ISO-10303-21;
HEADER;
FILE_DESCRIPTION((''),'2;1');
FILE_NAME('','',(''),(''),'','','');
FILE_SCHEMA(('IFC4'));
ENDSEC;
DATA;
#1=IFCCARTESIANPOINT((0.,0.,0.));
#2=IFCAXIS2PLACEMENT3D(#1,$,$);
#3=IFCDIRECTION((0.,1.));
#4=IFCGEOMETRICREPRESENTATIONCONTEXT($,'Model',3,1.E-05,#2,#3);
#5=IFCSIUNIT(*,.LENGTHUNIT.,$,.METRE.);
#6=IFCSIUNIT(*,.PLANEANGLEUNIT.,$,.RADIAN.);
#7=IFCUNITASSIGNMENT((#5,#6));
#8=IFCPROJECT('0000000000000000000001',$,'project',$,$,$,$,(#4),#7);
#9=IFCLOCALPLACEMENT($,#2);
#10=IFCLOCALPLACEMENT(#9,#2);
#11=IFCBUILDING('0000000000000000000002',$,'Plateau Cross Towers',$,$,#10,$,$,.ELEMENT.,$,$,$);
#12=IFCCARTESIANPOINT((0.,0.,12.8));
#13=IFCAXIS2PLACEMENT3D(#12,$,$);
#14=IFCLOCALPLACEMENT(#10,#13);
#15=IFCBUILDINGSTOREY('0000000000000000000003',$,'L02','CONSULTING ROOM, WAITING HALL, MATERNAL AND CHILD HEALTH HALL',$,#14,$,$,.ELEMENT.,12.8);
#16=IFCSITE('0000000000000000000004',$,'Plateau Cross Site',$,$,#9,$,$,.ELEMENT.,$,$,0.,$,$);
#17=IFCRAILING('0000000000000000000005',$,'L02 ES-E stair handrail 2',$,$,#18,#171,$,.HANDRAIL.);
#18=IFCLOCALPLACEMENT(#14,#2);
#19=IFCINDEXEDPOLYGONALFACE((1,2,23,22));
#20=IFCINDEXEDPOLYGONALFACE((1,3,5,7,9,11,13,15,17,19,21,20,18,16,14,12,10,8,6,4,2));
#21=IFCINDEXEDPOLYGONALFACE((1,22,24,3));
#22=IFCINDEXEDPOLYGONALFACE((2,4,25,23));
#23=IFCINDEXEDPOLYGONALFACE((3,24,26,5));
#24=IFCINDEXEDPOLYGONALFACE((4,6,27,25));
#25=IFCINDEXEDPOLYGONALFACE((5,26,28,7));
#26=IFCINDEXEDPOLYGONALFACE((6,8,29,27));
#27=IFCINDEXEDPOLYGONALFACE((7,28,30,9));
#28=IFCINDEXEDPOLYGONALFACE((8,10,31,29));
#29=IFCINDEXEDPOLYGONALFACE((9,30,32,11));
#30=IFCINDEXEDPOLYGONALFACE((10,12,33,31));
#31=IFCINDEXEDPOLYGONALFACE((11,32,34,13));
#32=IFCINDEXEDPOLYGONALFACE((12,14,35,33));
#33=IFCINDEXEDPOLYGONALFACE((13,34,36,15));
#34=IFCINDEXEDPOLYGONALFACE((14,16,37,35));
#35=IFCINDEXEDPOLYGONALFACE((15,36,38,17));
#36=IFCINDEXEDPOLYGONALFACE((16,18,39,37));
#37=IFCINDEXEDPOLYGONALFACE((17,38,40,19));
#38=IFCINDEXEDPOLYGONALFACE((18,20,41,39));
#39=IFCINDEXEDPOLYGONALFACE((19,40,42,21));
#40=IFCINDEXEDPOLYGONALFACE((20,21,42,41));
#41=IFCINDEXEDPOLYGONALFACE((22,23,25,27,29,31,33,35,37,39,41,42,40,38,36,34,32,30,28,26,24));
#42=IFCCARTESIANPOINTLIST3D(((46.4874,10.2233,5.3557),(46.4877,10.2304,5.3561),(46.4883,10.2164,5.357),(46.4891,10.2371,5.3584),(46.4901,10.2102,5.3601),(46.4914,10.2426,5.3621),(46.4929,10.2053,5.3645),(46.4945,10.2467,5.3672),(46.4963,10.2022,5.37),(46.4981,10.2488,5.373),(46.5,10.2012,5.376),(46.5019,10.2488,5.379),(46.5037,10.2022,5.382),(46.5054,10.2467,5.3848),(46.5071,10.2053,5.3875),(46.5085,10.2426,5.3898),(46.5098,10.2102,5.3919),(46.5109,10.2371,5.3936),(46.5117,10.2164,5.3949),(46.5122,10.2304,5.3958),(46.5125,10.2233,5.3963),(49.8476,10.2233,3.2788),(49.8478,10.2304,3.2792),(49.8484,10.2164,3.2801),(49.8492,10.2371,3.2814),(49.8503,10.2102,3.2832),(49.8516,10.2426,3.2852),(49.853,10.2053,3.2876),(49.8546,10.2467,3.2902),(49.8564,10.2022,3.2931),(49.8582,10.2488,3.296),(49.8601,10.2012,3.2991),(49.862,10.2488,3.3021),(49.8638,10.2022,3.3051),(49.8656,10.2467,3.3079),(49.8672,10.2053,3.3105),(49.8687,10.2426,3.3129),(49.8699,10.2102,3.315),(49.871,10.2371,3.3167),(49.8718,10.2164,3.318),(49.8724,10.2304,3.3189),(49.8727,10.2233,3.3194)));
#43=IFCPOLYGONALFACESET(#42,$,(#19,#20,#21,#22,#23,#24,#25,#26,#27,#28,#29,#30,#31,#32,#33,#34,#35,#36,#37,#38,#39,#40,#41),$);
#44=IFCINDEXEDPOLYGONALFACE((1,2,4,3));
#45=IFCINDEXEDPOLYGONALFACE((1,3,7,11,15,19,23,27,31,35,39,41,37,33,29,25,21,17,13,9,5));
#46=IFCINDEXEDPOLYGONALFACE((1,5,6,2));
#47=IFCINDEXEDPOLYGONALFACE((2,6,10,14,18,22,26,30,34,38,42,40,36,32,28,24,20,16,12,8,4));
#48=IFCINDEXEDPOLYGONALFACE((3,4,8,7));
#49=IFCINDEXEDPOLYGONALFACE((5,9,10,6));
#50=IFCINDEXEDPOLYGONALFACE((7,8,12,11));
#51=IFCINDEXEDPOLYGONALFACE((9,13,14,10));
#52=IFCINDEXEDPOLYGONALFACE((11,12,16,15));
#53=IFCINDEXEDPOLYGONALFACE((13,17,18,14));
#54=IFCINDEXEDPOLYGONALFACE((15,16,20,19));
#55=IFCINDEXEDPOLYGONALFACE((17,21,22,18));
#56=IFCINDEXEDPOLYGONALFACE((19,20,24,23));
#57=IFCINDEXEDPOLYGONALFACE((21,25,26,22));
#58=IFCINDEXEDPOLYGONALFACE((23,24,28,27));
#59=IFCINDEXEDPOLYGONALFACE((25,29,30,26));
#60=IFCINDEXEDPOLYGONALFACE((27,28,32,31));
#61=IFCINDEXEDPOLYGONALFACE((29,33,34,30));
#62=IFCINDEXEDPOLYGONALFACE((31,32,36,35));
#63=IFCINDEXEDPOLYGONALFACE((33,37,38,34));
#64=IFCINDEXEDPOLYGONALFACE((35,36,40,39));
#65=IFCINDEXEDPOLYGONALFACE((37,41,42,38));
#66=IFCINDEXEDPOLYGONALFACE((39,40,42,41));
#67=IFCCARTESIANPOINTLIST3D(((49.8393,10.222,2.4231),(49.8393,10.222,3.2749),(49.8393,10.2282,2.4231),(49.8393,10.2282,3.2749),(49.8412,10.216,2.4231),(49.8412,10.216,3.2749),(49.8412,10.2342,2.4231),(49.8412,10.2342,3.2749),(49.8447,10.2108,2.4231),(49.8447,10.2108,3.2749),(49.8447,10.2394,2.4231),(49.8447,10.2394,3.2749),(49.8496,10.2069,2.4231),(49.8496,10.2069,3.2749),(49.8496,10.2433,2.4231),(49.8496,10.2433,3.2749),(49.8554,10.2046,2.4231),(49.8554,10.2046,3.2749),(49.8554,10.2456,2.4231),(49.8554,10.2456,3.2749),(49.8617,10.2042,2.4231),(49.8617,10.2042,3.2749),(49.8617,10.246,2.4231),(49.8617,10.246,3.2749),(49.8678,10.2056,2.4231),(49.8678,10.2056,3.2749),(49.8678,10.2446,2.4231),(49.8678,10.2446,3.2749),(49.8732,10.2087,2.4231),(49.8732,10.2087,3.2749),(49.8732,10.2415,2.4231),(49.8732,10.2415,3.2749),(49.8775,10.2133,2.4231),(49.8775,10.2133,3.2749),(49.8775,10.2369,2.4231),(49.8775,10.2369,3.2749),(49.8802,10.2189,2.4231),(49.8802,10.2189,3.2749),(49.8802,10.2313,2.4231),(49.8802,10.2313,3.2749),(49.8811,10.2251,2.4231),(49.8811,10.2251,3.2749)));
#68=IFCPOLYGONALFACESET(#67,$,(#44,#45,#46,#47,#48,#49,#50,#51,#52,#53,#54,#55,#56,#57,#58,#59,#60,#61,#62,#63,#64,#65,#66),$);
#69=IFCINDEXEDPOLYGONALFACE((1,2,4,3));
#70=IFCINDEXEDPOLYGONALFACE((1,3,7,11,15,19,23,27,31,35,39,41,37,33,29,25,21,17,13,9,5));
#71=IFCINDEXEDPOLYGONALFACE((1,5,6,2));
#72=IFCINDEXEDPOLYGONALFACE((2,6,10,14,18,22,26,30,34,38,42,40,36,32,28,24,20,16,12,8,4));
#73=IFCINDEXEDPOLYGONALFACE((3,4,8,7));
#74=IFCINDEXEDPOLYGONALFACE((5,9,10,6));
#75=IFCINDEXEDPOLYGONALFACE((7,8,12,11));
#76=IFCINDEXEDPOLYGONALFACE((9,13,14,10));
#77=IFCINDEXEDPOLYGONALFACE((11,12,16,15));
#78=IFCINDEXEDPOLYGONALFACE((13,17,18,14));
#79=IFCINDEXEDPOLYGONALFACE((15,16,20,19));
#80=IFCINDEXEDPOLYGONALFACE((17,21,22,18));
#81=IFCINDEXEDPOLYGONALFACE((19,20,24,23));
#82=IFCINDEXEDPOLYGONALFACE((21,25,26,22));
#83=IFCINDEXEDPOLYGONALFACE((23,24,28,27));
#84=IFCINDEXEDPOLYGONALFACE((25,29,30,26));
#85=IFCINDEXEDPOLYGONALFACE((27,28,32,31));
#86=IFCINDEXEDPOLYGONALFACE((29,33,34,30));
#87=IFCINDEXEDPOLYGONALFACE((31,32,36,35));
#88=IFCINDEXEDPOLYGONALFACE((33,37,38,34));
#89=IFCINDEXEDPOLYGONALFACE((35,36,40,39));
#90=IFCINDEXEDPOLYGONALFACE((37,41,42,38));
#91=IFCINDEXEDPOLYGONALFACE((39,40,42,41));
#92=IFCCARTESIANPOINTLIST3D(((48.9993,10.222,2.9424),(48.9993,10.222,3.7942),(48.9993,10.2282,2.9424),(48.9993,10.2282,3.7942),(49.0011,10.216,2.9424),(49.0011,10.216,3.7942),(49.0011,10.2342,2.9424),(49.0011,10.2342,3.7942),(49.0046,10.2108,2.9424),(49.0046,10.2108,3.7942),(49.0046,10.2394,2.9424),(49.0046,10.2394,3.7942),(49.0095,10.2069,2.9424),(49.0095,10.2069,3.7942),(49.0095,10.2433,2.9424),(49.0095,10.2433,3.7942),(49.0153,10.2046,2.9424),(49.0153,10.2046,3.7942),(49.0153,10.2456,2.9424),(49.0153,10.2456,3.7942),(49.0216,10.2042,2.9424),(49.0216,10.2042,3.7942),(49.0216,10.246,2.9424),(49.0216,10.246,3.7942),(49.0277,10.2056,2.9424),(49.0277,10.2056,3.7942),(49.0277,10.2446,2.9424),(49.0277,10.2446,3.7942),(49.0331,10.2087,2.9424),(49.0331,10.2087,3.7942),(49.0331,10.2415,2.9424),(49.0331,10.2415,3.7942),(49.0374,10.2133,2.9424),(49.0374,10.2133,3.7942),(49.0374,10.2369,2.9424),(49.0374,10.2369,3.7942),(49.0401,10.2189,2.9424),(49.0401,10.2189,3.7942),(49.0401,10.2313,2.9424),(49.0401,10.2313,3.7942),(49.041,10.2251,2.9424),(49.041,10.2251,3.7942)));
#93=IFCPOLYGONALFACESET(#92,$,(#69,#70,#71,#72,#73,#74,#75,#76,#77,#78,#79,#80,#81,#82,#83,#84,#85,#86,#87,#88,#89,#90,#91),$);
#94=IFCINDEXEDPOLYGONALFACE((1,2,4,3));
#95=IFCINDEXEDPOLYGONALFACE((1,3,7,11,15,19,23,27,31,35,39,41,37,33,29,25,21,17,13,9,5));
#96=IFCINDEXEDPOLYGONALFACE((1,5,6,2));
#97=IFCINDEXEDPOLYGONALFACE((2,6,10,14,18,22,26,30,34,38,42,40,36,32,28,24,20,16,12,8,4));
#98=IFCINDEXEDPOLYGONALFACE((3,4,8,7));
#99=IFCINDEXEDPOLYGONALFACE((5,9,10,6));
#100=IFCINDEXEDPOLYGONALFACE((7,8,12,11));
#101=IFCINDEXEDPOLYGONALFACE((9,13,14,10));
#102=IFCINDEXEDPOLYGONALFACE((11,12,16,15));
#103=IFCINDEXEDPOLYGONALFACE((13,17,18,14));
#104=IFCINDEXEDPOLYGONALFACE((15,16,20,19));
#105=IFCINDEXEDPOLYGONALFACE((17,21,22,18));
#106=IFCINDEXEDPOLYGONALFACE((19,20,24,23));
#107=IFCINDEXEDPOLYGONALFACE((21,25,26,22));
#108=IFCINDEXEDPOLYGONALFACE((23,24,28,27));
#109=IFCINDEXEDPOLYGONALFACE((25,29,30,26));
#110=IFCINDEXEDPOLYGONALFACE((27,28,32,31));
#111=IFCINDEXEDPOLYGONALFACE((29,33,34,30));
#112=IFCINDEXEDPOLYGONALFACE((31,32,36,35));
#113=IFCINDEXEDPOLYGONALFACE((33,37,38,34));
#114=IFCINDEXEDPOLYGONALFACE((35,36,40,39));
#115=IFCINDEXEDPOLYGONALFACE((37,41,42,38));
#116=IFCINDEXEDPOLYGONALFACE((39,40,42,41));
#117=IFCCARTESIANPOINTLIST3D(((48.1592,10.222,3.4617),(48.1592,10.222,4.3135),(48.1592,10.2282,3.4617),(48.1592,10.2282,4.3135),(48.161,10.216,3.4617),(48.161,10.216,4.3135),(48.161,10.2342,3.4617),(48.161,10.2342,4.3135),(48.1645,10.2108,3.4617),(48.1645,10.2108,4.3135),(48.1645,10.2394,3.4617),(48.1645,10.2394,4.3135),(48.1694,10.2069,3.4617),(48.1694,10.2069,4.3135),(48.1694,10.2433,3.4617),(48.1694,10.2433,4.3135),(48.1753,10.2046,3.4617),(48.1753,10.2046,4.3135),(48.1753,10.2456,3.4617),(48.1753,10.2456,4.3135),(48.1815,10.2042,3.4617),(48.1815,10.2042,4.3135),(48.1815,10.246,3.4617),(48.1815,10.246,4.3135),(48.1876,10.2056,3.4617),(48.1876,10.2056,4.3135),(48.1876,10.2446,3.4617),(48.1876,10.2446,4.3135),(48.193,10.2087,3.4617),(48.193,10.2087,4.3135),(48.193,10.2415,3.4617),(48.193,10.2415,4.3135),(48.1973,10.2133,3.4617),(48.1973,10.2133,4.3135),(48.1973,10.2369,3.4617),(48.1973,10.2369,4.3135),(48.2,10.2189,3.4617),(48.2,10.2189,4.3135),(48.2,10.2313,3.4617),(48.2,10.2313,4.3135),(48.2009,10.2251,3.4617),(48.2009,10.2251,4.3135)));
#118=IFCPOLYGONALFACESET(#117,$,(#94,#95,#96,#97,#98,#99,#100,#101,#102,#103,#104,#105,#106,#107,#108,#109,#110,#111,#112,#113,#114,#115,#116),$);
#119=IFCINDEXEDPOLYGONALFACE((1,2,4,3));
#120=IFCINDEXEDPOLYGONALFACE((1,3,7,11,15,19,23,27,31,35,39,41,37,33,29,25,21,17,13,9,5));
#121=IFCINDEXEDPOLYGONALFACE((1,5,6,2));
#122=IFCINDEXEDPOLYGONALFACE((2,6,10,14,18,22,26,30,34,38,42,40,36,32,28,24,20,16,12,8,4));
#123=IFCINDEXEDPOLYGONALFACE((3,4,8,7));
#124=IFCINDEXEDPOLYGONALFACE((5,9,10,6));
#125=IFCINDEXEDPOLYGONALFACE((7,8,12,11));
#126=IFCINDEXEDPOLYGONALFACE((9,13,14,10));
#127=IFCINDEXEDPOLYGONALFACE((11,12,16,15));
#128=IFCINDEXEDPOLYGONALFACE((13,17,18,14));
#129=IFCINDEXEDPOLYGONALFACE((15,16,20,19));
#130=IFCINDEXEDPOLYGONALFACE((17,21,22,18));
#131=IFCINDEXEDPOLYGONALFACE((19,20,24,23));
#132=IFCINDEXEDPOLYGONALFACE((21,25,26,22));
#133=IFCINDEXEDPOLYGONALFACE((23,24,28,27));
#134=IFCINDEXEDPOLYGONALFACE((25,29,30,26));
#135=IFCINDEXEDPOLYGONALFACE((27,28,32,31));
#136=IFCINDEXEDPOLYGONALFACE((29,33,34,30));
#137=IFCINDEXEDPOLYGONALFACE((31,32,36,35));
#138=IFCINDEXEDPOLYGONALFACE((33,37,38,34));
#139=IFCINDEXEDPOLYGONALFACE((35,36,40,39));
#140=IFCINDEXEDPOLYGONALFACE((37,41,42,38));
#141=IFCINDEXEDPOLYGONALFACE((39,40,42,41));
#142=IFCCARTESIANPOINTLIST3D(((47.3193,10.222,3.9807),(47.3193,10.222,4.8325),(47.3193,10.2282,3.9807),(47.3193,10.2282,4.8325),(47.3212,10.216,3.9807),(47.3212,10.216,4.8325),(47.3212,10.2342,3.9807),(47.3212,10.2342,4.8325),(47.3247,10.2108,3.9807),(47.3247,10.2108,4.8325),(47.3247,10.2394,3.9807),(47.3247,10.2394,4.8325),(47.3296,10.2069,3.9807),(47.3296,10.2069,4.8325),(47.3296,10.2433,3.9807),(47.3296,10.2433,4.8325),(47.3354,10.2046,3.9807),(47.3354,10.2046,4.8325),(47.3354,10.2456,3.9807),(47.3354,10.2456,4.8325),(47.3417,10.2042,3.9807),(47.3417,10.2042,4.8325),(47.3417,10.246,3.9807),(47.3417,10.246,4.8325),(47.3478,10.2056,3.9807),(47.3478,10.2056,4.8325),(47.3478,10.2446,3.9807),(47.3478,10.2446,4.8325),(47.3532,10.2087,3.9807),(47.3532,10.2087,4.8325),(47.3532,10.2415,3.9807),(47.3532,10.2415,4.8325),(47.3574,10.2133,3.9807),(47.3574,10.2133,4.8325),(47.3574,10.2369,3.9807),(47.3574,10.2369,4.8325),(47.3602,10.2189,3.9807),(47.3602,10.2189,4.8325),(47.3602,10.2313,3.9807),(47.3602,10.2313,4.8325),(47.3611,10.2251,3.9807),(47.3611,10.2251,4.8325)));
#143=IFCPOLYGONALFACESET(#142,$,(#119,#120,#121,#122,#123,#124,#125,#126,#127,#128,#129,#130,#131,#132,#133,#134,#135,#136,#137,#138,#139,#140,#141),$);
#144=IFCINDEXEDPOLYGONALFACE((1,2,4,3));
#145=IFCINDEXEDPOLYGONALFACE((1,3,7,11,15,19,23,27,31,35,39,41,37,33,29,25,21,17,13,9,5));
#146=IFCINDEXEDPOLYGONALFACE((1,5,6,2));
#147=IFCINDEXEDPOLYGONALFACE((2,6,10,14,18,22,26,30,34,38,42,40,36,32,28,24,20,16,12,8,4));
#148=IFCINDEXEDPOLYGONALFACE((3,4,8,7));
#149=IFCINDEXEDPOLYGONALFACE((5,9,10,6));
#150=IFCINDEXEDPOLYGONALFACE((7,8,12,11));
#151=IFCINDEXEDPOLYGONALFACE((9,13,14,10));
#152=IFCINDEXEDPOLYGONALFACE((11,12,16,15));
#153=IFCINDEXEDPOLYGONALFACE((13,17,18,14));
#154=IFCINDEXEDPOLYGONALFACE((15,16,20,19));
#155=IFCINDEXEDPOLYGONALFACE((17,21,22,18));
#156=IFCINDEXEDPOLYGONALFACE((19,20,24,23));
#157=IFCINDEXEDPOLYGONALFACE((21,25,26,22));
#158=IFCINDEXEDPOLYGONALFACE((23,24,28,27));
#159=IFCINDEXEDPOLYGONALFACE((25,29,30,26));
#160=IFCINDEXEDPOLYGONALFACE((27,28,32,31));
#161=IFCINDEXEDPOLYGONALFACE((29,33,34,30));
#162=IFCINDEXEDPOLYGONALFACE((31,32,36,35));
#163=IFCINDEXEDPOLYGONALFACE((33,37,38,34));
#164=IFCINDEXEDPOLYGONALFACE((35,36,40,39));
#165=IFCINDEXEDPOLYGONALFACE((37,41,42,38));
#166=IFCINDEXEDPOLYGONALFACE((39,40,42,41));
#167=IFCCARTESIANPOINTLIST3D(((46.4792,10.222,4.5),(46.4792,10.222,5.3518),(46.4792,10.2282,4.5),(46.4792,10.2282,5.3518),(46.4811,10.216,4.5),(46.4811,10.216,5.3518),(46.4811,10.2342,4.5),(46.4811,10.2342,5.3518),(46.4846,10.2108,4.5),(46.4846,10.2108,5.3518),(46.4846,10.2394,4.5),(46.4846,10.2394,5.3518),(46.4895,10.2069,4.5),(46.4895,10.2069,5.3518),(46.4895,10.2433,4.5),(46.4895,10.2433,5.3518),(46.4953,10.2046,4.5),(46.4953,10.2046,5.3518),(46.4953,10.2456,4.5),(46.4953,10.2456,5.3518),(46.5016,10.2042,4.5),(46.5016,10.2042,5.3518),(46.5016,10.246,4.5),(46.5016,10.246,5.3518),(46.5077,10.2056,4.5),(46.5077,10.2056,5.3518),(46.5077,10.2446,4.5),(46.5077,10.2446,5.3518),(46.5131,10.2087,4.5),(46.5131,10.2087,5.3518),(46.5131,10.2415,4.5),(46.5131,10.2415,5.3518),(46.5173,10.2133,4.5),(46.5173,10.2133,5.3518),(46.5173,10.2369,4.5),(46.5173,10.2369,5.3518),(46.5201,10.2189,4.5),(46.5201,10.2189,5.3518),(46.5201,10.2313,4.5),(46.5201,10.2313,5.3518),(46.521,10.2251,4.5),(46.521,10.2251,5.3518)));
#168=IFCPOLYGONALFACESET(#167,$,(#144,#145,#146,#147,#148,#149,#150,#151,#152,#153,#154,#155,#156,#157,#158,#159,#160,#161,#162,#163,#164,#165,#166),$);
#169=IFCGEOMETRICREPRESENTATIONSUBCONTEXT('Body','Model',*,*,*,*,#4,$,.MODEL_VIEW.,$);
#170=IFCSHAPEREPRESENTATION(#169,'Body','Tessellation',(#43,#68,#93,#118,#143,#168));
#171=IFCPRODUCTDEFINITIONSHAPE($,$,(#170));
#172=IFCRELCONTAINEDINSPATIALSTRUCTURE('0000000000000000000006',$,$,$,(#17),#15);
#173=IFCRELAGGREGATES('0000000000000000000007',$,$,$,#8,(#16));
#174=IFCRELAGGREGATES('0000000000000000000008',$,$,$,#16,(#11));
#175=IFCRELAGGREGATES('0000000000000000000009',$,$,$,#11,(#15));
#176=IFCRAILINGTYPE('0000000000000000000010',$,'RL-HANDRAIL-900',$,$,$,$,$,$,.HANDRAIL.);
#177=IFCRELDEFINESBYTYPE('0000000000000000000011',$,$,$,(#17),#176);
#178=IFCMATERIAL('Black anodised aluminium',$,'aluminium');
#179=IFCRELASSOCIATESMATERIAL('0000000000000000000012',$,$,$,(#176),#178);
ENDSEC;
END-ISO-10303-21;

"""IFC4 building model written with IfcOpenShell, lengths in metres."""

from ifc_helpers import new_model, si_unit, direction, frame, origin, origin_2d, place, context, subcontext, project, spatial, circle, extrude, material, type_object, element, save


model = new_model("IFC4")

# Units and contexts
model_context = context("Model", 3, precision=1e-05, world=origin(), true_north=direction((0.0, 1.0)))
body_context = subcontext(model_context, "Body", "Model", "MODEL_VIEW")
ifc_project = project(units=[si_unit("LENGTHUNIT", "METRE"), si_unit("PLANEANGLEUNIT", "RADIAN")], contexts=[model_context])

# Site, building, storey
site_placement = place(None, origin())
site = spatial("IfcSite", under=ifc_project, at=site_placement, Name="Plateau Cross Site", CompositionType="ELEMENT", RefElevation=0.0)
building_placement = place(site_placement, origin())
building = spatial("IfcBuilding", under=site, at=building_placement, Name="Plateau Cross Towers", CompositionType="ELEMENT")
storey_placement = place(building_placement, frame((0.0, 0.0, 12.8)))
storey = spatial("IfcBuildingStorey", under=building, at=storey_placement, Name="L02", Description="CONSULTING ROOM, WAITING HALL, MATERNAL AND CHILD HEALTH HALL", CompositionType="ELEMENT", Elevation=12.8)

# Railing
ifc_material_1 = material(Name="Black anodised aluminium", Category="aluminium")
railing_type_1 = type_object("IfcRailingType", Name="RL-HANDRAIL-900", PredefinedType="HANDRAIL", material=ifc_material_1)
railing_1_placement = place(storey_placement, frame((49.8601, 10.2251, 2.4231)))
element("IfcRailing", 1, at=railing_1_placement, inside=storey, type_object=railing_type_1, Name="L02 ES-E stair handrail 2", PredefinedType="HANDRAIL", context=body_context, shape_type="SweptSolid", body=[
    extrude(circle(Radius=0.0239, at=origin_2d()), frame((0.0, 0.0, 0.876), z_axis=(-0.850623, 0.0, 0.525776), x_axis=(0.0, -1.0, 0.0)), (0.0, 0.0, 1.0), 3.9502),
    extrude(circle(Radius=0.021, at=origin_2d()), origin(), (0.0, 0.0, 1.0), 0.8518),
    extrude(circle(Radius=0.021, at=origin_2d()), frame((-0.8401, 0.0, 0.5193)), (0.0, 0.0, 1.0), 0.8518),
    extrude(circle(Radius=0.021, at=origin_2d()), frame((-1.6802, 0.0, 1.0386)), (0.0, 0.0, 1.0), 0.8518),
    extrude(circle(Radius=0.021, at=origin_2d()), frame((-2.52, 0.0, 1.5576)), (0.0, 0.0, 1.0), 0.8518),
    extrude(circle(Radius=0.021, at=origin_2d()), frame((-3.3601, 0.0, 2.0769)), (0.0, 0.0, 1.0), 0.8518),
])

save(model, "model.ifc")
